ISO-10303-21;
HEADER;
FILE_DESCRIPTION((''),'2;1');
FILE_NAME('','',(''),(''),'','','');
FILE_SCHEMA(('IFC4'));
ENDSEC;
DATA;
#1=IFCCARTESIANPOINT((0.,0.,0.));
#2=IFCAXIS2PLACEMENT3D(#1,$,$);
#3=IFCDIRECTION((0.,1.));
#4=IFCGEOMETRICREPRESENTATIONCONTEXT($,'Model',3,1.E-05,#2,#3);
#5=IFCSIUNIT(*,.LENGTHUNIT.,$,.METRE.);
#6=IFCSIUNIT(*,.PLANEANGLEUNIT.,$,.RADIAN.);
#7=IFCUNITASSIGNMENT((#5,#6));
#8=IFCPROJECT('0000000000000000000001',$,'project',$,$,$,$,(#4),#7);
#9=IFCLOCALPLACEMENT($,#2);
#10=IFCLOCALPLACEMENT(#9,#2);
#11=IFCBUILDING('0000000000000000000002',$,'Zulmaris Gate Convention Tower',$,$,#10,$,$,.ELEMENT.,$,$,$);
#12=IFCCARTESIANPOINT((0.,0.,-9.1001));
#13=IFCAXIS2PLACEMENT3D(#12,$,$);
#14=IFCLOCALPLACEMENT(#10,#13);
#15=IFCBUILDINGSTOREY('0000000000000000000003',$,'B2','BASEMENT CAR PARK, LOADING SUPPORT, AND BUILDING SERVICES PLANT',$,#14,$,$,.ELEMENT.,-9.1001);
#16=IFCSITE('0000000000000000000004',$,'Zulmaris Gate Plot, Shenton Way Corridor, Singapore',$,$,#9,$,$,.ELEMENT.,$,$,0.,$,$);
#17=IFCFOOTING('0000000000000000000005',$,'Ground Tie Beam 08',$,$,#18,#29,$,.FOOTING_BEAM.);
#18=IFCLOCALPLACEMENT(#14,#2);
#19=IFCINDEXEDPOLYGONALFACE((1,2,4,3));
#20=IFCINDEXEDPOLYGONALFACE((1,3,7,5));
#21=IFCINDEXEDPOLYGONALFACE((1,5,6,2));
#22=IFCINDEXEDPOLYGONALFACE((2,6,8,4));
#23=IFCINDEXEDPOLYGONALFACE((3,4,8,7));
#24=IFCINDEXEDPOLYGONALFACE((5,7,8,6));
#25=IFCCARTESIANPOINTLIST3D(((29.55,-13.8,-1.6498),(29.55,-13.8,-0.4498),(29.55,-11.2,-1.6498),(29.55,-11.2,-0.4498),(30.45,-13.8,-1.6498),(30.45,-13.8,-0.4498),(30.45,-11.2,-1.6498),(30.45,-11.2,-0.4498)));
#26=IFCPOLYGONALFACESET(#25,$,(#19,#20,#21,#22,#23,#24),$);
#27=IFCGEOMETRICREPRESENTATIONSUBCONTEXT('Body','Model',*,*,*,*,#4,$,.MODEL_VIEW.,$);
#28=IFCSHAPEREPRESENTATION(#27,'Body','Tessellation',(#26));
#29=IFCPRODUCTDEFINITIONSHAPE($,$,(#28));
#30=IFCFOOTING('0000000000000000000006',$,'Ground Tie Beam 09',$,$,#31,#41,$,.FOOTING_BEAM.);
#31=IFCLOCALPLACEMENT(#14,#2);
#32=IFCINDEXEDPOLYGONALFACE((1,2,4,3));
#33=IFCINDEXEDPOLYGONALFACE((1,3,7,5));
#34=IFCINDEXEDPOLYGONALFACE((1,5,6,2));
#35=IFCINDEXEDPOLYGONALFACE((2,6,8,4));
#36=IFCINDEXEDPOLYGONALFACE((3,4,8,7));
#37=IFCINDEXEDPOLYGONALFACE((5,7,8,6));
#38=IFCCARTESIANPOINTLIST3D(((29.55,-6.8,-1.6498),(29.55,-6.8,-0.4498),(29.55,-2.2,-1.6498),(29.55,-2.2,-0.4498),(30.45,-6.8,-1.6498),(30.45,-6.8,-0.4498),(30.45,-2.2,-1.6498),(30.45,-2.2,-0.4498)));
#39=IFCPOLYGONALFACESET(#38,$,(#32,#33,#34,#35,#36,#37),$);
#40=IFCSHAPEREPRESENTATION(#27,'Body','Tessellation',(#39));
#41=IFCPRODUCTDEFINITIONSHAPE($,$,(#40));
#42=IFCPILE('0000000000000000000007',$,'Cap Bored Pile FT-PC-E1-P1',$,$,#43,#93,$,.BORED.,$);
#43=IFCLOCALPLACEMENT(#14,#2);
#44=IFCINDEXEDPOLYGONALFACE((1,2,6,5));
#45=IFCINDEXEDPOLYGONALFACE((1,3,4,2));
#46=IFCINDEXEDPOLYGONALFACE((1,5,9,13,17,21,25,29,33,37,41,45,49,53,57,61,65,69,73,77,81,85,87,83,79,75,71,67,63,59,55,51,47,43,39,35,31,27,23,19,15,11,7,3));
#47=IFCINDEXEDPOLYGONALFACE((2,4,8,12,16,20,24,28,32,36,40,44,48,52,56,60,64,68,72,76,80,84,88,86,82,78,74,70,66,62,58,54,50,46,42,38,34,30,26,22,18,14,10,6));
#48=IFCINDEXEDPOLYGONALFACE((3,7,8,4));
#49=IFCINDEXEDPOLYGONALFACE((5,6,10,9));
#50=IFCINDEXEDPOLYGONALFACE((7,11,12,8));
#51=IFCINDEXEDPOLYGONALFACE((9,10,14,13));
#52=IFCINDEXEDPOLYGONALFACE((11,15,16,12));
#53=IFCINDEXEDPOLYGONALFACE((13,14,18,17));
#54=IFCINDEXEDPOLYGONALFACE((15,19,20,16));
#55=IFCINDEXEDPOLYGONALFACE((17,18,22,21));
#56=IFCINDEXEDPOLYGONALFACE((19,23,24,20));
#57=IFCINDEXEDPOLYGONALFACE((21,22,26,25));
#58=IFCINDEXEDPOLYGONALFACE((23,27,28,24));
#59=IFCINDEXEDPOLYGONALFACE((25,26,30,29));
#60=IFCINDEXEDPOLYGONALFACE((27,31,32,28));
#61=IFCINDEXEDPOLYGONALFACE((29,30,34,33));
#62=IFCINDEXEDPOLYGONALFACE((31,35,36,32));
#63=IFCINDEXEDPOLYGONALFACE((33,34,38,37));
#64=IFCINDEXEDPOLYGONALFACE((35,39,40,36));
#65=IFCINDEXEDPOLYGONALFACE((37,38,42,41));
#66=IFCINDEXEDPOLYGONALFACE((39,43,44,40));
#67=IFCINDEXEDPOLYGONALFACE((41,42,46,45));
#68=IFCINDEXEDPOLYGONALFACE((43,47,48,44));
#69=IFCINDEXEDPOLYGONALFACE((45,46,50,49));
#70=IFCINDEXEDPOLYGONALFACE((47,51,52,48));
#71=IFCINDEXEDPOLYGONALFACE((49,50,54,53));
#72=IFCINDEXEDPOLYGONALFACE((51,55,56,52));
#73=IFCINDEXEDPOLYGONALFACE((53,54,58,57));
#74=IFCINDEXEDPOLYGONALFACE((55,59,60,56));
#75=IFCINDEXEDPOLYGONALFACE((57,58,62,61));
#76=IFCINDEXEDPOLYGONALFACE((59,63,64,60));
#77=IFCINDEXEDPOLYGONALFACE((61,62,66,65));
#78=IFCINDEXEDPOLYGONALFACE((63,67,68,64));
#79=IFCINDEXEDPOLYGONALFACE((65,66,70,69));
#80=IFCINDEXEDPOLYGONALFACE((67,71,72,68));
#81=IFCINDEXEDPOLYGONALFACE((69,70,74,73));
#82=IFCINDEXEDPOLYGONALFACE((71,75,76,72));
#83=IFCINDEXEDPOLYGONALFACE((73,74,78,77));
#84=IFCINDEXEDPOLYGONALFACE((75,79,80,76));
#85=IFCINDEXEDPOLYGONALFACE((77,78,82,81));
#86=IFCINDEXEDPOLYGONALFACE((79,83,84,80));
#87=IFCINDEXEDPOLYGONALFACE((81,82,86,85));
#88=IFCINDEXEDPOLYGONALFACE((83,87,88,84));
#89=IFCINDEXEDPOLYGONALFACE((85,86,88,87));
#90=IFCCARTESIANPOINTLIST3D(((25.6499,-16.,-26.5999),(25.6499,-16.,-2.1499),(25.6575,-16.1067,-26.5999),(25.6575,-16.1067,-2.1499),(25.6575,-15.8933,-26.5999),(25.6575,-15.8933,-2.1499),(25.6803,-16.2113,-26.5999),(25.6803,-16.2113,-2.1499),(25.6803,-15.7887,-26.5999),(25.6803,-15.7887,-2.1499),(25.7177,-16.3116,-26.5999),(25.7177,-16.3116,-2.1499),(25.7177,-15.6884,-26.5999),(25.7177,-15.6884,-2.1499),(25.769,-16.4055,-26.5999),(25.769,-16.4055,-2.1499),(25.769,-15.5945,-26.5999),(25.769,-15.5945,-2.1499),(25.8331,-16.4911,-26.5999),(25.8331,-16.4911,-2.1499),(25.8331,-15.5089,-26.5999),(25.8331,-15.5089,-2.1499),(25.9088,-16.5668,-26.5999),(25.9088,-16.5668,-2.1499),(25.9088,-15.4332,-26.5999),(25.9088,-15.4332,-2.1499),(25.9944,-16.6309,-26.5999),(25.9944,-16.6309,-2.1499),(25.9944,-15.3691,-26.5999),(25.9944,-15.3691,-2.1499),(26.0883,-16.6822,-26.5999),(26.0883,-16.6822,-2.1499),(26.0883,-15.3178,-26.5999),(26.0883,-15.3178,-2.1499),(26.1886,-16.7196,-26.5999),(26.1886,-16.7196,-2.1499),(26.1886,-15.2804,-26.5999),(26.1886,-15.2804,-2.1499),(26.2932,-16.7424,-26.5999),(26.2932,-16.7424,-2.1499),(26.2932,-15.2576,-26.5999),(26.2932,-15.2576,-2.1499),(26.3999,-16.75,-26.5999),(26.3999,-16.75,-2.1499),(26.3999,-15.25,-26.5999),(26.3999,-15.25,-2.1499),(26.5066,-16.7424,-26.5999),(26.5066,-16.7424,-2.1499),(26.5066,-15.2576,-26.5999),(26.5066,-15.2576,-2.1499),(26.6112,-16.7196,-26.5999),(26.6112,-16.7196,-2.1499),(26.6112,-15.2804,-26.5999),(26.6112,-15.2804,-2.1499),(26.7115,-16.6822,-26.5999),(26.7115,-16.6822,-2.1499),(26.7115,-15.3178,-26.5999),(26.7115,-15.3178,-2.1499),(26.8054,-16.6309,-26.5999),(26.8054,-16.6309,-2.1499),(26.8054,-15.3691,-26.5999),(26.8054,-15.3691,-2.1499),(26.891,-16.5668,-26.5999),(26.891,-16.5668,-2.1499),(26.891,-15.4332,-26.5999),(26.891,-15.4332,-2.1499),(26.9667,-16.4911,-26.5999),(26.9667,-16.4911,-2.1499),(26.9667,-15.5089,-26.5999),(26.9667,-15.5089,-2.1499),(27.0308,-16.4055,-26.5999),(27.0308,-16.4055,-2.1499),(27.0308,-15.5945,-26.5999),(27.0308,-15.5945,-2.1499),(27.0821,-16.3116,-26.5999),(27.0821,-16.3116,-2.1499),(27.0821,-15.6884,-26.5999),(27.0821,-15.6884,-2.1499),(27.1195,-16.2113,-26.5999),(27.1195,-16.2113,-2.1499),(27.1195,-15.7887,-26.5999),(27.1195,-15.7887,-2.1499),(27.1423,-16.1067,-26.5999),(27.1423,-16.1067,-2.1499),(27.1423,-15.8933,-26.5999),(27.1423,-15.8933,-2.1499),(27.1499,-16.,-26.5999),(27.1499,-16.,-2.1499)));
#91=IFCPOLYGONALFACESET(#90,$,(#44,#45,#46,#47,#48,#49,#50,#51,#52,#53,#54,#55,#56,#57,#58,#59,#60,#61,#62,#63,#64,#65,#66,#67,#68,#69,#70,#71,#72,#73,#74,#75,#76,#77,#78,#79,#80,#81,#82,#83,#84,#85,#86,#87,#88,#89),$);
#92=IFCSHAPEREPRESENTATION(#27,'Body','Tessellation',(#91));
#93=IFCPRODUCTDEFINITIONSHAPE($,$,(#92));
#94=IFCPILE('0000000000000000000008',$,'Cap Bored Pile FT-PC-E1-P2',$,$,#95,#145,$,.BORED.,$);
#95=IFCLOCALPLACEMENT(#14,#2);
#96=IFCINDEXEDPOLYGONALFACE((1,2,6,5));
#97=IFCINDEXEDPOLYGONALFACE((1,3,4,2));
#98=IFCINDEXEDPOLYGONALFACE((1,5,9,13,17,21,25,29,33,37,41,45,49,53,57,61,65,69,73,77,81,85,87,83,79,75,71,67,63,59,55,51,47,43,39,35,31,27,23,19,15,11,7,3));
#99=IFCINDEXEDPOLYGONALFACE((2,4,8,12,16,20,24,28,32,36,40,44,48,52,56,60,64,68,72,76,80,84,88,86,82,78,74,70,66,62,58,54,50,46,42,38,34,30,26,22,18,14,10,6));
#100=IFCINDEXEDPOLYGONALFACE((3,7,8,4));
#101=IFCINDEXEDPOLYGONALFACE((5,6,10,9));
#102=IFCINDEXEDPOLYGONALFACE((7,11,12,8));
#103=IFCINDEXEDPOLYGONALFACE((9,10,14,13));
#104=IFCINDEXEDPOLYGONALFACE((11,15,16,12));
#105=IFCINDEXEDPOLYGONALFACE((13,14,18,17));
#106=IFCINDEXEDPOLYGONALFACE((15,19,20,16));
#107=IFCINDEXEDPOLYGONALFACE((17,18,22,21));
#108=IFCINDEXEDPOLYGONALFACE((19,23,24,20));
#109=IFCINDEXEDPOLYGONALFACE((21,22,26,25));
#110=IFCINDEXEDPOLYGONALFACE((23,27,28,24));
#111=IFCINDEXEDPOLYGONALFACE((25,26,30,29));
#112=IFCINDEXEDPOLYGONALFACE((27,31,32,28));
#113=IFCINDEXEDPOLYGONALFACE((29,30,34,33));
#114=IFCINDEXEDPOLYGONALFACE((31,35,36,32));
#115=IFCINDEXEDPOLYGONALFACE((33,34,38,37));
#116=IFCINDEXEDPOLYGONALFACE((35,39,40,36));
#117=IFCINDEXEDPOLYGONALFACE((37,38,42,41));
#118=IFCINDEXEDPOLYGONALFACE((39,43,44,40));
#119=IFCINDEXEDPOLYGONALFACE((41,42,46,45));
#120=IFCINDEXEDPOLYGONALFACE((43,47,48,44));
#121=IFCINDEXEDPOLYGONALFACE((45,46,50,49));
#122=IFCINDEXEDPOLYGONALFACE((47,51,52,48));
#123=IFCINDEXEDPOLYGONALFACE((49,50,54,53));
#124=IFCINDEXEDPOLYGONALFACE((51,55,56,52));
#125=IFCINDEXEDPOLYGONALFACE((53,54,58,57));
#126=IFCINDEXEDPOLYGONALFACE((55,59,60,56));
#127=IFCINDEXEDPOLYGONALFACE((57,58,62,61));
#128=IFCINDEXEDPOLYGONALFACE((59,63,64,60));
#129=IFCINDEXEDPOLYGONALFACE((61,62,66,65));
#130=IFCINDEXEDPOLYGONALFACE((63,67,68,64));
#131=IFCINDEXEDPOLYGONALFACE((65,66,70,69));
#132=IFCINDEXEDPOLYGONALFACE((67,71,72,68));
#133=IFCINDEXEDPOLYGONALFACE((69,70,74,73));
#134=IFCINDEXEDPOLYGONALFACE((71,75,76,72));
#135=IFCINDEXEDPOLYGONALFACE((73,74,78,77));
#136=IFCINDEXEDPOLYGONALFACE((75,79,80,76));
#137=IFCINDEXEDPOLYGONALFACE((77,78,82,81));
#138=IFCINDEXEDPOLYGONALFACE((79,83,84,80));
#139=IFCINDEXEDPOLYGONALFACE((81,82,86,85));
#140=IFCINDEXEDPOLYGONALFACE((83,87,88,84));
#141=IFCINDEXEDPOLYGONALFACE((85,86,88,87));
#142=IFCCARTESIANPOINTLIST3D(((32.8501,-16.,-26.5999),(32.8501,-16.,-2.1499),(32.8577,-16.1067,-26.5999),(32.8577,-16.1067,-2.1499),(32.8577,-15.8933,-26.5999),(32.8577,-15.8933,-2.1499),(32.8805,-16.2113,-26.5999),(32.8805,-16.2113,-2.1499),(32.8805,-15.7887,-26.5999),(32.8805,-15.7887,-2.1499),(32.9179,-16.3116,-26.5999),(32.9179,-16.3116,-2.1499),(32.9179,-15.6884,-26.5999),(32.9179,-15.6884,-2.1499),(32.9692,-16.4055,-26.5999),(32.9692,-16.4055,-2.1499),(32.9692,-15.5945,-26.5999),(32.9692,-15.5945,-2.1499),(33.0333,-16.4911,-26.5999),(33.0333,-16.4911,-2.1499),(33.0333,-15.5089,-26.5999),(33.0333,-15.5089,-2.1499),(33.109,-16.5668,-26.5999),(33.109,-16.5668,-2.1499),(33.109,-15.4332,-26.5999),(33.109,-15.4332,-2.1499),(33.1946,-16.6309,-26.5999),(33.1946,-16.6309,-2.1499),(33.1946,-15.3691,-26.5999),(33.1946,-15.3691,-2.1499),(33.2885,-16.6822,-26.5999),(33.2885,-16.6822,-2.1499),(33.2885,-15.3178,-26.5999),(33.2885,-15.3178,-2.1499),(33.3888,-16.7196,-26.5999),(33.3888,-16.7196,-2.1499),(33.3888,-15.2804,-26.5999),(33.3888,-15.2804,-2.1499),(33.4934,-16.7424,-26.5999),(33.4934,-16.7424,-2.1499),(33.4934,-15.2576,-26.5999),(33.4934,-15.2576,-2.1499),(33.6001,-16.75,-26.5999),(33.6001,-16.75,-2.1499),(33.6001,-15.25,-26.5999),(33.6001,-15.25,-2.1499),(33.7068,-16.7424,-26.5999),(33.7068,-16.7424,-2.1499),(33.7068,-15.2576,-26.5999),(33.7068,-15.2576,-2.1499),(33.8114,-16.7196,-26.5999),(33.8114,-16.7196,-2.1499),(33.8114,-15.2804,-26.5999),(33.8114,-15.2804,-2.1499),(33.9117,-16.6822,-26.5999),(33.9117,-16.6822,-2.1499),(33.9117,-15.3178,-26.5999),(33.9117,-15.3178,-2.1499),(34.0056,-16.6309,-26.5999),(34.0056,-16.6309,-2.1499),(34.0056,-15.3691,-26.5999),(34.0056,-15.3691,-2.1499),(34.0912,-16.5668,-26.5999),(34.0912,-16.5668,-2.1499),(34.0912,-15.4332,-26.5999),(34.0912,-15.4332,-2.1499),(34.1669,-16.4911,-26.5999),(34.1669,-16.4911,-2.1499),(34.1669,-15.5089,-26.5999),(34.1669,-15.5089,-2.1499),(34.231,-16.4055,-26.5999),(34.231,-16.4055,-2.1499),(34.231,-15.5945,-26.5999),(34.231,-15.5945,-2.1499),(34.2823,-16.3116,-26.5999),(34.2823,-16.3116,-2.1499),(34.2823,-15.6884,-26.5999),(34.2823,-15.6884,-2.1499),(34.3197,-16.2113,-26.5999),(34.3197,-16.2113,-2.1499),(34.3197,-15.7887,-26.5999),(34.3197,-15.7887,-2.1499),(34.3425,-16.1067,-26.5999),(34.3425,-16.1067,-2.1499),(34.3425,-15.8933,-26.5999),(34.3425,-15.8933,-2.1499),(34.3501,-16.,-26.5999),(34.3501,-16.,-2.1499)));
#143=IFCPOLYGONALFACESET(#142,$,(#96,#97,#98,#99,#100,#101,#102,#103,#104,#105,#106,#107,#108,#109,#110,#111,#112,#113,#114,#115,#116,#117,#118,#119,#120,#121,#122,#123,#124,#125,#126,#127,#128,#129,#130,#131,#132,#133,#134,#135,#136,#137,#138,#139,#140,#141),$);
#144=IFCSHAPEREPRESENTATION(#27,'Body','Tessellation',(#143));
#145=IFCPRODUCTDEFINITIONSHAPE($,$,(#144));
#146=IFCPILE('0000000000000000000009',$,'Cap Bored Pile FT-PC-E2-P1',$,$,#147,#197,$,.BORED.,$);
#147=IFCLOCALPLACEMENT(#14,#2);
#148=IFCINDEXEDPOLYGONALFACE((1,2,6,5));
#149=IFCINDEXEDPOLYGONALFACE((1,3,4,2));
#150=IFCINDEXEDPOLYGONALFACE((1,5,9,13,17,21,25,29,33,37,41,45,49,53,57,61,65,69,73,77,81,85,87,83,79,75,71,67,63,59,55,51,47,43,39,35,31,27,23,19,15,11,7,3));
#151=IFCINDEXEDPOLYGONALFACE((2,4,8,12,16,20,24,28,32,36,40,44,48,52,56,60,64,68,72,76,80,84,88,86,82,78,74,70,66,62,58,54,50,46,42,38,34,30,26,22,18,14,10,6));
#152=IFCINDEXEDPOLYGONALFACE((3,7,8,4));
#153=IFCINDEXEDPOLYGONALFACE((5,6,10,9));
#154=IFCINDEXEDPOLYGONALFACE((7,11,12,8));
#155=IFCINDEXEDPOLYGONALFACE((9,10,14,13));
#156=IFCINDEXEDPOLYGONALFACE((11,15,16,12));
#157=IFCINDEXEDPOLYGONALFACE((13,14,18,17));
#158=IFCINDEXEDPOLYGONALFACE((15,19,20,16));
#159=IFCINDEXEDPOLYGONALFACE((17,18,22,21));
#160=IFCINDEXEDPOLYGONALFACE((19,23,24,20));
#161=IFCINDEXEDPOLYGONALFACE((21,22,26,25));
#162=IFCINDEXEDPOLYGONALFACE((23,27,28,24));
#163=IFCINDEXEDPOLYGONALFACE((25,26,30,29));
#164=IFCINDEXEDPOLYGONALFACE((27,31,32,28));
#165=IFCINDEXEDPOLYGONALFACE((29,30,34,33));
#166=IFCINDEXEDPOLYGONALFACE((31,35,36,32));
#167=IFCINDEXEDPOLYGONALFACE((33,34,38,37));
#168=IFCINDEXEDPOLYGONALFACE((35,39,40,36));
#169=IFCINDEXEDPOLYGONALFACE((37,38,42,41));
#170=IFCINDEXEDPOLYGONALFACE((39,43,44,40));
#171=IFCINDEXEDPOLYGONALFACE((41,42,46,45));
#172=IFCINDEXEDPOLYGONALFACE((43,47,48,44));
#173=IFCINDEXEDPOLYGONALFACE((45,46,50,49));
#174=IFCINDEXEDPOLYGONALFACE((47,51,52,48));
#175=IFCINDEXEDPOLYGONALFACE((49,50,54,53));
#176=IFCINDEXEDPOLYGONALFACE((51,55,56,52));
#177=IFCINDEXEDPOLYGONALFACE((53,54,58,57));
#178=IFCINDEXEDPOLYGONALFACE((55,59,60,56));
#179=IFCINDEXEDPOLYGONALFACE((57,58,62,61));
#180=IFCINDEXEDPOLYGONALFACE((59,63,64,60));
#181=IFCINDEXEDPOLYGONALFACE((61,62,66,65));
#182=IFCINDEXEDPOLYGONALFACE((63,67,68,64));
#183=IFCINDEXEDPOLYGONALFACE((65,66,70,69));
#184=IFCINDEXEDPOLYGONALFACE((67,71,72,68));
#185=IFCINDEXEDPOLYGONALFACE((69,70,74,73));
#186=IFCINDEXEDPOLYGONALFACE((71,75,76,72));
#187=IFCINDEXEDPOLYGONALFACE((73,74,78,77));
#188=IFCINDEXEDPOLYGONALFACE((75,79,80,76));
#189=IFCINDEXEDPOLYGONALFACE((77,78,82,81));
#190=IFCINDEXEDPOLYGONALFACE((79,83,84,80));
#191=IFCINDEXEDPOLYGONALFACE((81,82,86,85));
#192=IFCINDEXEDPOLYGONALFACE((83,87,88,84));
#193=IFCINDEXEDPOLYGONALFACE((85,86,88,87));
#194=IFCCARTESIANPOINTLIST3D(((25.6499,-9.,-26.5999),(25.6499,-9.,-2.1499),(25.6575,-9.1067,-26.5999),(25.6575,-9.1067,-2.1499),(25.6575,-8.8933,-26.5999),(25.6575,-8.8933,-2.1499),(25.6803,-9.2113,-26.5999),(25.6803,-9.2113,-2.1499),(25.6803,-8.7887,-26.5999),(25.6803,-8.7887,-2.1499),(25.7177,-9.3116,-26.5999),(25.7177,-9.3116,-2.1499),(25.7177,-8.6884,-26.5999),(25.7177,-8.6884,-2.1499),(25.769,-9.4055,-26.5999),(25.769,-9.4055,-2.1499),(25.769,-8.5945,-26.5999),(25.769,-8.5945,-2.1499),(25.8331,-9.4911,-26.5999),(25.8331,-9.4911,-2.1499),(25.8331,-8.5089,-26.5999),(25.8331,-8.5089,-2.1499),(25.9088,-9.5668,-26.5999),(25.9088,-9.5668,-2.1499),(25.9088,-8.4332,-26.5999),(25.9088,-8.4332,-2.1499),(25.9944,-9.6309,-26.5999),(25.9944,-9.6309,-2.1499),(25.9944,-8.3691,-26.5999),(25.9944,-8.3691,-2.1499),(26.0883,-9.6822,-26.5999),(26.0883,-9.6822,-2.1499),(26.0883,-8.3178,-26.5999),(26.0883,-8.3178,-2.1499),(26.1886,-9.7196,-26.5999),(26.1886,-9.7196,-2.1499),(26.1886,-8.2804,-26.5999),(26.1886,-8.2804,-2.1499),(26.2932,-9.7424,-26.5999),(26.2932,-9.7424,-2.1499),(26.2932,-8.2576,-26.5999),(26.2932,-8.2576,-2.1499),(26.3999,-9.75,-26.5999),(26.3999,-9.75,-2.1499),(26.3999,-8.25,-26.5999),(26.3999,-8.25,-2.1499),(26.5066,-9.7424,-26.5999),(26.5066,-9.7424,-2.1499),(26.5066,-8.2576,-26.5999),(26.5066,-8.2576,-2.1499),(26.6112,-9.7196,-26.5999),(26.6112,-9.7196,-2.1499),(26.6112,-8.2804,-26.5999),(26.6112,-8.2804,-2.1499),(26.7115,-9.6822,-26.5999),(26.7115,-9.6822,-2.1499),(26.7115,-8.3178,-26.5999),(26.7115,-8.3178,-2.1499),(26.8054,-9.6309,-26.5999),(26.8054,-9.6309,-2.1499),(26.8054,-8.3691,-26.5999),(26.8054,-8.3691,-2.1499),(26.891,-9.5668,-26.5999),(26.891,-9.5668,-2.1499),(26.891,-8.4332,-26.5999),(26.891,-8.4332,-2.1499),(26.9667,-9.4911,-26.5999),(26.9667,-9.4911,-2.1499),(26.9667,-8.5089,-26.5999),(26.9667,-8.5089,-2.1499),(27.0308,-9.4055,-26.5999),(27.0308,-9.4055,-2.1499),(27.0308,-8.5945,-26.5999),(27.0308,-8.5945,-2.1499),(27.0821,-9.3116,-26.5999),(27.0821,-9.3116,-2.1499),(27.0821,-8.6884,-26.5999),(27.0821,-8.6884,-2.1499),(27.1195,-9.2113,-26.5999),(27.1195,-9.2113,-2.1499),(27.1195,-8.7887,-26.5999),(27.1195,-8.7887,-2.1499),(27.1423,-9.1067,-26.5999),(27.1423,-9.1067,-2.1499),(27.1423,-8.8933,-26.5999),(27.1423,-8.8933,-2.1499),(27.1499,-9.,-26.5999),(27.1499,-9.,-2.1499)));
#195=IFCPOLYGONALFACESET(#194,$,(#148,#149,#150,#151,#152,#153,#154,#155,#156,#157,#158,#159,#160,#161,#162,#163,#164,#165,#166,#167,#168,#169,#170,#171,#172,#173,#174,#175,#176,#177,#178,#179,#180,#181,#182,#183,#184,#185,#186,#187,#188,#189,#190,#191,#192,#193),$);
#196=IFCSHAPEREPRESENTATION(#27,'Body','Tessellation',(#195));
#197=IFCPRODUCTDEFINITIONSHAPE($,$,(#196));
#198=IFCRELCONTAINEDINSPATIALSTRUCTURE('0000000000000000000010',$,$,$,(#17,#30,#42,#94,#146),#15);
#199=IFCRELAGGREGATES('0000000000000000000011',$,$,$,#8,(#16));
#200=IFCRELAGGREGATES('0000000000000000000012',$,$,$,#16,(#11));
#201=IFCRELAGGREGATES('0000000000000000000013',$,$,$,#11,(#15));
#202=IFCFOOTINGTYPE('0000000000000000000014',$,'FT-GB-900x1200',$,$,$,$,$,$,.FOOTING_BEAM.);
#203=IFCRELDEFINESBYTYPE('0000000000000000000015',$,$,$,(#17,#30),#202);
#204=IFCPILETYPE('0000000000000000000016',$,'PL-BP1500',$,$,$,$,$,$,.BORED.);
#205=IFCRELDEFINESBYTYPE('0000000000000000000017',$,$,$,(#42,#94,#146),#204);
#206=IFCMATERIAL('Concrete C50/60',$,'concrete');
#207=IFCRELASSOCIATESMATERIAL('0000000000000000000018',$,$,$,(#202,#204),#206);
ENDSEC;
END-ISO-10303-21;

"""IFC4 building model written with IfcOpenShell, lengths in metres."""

from ifc_helpers import new_model, si_unit, direction, frame, origin, origin_2d, place, context, subcontext, project, spatial, rectangle, circle, extrude, material, material_profile, profile_set, type_object, element, save


model = new_model("IFC4")

# Units and contexts
model_context = context("Model", 3, precision=1e-05, world=origin(), true_north=direction((0.0, 1.0)))
body_context = subcontext(model_context, "Body", "Model", "MODEL_VIEW")
ifc_project = project(units=[si_unit("LENGTHUNIT", "METRE"), si_unit("PLANEANGLEUNIT", "RADIAN")], contexts=[model_context])

# Site, building, storey
site_placement = place(None, origin())
site = spatial("IfcSite", under=ifc_project, at=site_placement, Name="Zulmaris Gate Plot, Shenton Way Corridor, Singapore", CompositionType="ELEMENT", RefElevation=0.0)
building_placement = place(site_placement, origin())
building = spatial("IfcBuilding", under=site, at=building_placement, Name="Zulmaris Gate Convention Tower", CompositionType="ELEMENT")
storey_placement = place(building_placement, frame((0.0, 0.0, -9.1001)))
storey = spatial("IfcBuildingStorey", under=building, at=storey_placement, Name="B2", Description="BASEMENT CAR PARK, LOADING SUPPORT, AND BUILDING SERVICES PLANT", CompositionType="ELEMENT", Elevation=-9.1001)

# Footings
ifc_material_1 = material(Name="Concrete C50/60", Category="concrete")
ifc_material_profile_1 = material_profile(ifc_material_1, rectangle(XDim=0.8999, YDim=1.2, at=origin_2d()), Name="RC TIE 900x1200")
ifc_profile_set_1 = profile_set([ifc_material_profile_1], Name="Concrete C50/60")
footing_type = type_object("IfcFootingType", Name="FT-GB-900x1200", PredefinedType="FOOTING_BEAM", material=ifc_profile_set_1)
footing_1_placement = place(storey_placement, frame((30.0, -13.8, -1.0498), z_axis=(0.0, 1.0, 0.0), x_axis=(-1.0, 0.0, 0.0)))
element("IfcFooting", 1, at=footing_1_placement, inside=storey, type_object=footing_type, Name="Ground Tie Beam 08", PredefinedType="FOOTING_BEAM", context=body_context, shape_type="SweptSolid", body=[
    extrude(rectangle(XDim=0.8999, YDim=1.2, at=origin_2d()), origin(), (0.0, 0.0, 1.0), 2.6001),
])
footing_2_placement = place(storey_placement, frame((30.0, -6.8, -1.0498), z_axis=(0.0, 1.0, 0.0), x_axis=(-1.0, 0.0, 0.0)))
element("IfcFooting", 2, at=footing_2_placement, inside=storey, type_object=footing_type, Name="Ground Tie Beam 09", PredefinedType="FOOTING_BEAM", context=body_context, shape_type="SweptSolid", body=[
    extrude(rectangle(XDim=0.8999, YDim=1.2, at=origin_2d()), origin(), (0.0, 0.0, 1.0), 4.6001),
])

# Piles
ifc_material_profile_2 = material_profile(ifc_material_1, circle(Radius=0.75, at=origin_2d()), Name="BORED PILE 1500")
ifc_profile_set_2 = profile_set([ifc_material_profile_2], Name="Concrete C50/60")
pile_type = type_object("IfcPileType", Name="PL-BP1500", PredefinedType="BORED", material=ifc_profile_set_2)
for number, where, z_axis, x_axis, name in (
    (3, (26.3999, -16.0, -2.1499), (0.0, 0.0, -1.0), (1.0, 0.0, 0.0), "Cap Bored Pile FT-PC-E1-P1"),
    (4, (33.6001, -16.0, -2.1499), (0.0, 0.0, -1.0), (1.0, 0.0, 0.0), "Cap Bored Pile FT-PC-E1-P2"),
    (5, (26.3999, -9.0, -2.1499), (0.0, 0.0, -1.0), (1.0, 0.0, 0.0), "Cap Bored Pile FT-PC-E2-P1"),
):
    element("IfcPile", number, at=place(storey_placement, frame(where, z_axis=z_axis, x_axis=x_axis)), inside=storey, type_object=pile_type, Name=name, PredefinedType="BORED", context=body_context, shape_type="SweptSolid", body=[
        extrude(circle(Radius=0.75, at=origin_2d()), origin(), (0.0, 0.0, 1.0), 24.45),
    ])

save(model, "model.ifc")
